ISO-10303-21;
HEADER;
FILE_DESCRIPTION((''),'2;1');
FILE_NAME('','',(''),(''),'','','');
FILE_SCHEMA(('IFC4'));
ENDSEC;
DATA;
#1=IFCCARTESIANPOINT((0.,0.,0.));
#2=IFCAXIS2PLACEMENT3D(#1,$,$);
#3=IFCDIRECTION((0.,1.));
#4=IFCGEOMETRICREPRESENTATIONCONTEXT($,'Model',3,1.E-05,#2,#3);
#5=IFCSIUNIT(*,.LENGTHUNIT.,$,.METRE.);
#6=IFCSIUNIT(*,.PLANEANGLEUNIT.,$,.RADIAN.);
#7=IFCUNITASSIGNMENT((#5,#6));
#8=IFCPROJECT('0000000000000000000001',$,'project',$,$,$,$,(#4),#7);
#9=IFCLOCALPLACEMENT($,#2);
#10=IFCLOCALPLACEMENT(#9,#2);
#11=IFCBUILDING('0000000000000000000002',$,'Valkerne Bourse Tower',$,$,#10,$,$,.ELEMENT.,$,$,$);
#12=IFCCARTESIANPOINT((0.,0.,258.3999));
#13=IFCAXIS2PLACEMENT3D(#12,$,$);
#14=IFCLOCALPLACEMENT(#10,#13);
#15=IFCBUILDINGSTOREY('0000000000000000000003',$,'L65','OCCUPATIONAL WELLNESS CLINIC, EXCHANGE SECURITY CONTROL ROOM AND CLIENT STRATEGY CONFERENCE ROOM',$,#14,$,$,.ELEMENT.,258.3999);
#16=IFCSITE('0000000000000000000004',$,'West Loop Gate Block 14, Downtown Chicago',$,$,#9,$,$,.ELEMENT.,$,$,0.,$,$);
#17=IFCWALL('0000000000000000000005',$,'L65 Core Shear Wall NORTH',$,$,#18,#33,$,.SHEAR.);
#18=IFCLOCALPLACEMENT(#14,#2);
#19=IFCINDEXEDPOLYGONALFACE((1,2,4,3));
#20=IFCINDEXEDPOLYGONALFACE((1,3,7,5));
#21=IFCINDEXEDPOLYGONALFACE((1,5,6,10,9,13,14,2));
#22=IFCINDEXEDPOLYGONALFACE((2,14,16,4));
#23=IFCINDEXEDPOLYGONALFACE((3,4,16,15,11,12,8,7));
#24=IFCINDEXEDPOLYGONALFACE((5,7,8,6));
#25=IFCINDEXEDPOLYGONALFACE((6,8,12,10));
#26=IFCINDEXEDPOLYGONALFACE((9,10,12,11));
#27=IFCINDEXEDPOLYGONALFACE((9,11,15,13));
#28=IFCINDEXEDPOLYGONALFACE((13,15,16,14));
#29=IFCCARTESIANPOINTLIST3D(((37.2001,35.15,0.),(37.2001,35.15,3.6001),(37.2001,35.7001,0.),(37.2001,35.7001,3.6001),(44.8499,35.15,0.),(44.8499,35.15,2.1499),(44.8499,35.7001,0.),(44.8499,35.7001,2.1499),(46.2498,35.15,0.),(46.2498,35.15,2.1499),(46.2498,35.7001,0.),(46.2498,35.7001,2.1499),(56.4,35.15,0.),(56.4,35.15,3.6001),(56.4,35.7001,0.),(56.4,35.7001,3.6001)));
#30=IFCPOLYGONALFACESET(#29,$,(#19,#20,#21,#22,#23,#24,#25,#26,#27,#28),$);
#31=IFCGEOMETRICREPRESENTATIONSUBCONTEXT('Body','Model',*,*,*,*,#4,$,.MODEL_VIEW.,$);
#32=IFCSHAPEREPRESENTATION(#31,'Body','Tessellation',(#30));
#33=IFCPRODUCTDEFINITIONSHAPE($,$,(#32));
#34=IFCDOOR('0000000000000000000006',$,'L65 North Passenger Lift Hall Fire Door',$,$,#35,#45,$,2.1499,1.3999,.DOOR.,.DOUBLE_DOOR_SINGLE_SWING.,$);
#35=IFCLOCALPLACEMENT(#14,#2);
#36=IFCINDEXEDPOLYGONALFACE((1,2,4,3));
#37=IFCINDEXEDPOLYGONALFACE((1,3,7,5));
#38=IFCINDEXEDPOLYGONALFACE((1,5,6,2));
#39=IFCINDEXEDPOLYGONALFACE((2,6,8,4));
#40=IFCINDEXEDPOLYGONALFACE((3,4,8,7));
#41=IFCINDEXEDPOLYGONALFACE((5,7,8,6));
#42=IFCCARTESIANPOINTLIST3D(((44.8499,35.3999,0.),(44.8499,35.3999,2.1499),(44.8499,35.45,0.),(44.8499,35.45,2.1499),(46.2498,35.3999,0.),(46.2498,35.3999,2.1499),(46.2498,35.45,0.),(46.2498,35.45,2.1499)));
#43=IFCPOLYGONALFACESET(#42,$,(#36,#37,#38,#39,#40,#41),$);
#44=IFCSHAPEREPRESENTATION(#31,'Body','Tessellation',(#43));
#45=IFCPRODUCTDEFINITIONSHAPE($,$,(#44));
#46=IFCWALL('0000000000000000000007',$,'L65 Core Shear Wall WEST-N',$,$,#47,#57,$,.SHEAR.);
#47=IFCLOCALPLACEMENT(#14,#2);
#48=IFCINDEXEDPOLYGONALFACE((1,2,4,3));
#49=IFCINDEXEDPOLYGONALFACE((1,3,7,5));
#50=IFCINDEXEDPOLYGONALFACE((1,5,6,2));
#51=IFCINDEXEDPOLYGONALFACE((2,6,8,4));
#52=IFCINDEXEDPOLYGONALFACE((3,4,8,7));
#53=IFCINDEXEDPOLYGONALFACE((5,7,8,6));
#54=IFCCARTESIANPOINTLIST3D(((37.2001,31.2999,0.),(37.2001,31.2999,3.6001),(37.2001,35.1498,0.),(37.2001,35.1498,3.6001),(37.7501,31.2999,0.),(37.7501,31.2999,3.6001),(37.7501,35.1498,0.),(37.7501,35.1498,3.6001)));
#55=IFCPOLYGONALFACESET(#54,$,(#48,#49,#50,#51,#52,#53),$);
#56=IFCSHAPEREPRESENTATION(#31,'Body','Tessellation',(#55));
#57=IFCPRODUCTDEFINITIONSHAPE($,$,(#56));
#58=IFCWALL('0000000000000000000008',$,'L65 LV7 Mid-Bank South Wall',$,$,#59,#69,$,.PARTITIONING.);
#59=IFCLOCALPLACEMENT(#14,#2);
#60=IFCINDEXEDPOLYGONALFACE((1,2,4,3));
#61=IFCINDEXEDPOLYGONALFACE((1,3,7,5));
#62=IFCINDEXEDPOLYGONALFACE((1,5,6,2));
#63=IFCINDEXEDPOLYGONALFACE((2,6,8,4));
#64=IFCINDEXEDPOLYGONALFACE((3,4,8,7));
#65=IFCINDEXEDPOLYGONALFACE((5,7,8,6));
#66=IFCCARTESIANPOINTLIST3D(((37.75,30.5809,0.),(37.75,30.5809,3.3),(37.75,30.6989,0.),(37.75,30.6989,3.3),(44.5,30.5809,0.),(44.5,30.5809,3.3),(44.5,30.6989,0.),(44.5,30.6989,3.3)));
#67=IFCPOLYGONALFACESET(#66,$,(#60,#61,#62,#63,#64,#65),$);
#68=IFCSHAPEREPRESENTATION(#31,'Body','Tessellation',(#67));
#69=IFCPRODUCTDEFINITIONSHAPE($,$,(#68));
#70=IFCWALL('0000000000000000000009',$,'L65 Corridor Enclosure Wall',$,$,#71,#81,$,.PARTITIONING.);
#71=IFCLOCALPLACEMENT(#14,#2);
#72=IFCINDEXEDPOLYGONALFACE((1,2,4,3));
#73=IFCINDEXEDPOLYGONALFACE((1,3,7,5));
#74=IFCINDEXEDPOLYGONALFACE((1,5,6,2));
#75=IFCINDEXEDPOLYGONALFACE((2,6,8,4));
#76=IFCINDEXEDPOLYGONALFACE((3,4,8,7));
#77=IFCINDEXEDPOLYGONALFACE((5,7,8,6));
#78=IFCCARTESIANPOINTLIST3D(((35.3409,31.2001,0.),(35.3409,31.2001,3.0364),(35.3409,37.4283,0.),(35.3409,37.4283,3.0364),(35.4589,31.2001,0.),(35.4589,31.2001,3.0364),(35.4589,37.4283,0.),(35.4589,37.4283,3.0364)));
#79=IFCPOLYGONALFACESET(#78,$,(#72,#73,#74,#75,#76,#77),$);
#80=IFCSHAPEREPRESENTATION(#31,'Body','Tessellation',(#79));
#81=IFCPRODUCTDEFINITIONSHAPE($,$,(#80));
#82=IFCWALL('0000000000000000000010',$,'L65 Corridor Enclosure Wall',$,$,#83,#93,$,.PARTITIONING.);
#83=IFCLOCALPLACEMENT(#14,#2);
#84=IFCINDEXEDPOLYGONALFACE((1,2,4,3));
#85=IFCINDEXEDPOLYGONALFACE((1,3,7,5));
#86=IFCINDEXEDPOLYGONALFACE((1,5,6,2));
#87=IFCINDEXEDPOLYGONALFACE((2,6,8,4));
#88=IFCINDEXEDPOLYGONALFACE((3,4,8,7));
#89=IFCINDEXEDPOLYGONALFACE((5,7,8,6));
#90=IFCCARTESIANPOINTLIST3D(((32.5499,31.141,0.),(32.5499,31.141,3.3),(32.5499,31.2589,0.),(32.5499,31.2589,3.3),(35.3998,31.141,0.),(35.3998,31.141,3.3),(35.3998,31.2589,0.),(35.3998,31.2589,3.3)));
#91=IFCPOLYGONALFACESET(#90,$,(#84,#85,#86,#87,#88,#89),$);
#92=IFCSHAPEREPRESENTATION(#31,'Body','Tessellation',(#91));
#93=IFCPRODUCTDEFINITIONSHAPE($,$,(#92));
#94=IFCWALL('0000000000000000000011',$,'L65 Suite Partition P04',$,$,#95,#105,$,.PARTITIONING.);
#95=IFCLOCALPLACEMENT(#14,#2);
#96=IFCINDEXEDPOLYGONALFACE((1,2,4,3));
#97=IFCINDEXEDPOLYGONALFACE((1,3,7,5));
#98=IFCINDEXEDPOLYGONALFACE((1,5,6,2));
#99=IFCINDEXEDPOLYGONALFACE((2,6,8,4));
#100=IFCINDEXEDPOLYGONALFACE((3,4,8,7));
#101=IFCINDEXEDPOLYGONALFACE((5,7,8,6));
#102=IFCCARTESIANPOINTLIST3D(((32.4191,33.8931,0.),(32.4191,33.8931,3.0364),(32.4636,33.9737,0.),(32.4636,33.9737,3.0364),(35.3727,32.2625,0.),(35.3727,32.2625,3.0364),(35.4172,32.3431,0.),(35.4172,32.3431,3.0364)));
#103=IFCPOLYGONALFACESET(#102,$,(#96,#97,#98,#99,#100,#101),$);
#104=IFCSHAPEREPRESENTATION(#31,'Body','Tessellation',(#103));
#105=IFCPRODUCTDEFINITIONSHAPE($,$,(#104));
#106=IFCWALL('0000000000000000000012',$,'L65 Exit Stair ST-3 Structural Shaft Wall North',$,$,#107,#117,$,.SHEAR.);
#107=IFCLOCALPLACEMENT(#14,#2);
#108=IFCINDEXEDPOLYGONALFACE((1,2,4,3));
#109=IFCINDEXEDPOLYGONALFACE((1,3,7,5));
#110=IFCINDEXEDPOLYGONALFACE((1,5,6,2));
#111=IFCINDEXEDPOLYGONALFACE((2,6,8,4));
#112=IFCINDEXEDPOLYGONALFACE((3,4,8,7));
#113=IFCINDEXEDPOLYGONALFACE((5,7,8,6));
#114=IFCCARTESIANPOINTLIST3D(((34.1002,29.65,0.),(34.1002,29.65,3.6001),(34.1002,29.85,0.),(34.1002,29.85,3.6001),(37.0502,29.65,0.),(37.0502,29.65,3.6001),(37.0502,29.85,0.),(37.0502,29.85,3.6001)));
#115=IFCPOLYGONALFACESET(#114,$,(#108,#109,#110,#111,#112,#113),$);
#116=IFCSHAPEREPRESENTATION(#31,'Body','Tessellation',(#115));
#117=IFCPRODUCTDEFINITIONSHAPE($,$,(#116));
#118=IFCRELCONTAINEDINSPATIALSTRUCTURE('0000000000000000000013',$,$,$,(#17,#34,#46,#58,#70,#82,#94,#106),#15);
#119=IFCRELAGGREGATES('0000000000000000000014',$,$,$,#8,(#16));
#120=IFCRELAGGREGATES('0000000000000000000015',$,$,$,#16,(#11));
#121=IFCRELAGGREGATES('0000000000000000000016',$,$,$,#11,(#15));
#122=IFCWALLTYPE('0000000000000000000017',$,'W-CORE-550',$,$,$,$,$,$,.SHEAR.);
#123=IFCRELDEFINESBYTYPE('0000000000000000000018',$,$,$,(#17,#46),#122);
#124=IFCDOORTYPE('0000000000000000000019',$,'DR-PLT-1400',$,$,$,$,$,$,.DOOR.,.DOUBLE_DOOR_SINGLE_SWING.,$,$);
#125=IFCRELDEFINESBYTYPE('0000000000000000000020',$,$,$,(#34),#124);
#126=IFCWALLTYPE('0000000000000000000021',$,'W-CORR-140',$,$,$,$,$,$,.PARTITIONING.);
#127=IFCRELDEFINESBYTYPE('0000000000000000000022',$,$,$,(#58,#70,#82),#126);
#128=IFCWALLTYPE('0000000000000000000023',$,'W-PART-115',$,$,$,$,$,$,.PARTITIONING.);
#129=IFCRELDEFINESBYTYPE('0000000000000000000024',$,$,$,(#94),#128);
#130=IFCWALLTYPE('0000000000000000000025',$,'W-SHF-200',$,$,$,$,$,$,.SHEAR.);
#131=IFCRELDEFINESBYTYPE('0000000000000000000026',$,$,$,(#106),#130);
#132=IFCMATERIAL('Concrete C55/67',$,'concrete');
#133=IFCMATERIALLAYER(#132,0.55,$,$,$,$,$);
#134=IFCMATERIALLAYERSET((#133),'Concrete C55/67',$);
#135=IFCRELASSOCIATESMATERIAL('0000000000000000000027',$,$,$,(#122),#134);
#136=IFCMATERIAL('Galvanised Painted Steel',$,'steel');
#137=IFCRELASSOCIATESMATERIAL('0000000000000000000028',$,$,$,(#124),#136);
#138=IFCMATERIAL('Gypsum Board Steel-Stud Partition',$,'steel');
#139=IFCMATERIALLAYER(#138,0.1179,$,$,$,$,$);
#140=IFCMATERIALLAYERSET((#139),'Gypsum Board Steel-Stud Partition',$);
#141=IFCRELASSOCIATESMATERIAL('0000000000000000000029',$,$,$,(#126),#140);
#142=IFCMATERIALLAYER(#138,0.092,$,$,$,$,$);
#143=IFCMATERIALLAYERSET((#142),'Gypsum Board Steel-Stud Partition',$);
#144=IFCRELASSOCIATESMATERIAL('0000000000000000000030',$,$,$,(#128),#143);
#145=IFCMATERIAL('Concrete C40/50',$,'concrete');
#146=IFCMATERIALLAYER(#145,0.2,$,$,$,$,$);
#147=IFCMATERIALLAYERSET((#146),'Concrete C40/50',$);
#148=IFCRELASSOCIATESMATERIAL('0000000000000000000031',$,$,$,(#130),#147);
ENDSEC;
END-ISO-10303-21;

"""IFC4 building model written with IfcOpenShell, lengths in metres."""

from ifc_helpers import new_model, si_unit, direction, frame, frame_2d, origin, place, context, subcontext, project, spatial, rectangle, extrude, material, layer, layer_set, type_object, element, fill, save


model = new_model("IFC4")

# Units and contexts
model_context = context("Model", 3, precision=1e-05, world=origin(), true_north=direction((0.0, 1.0)))
body_context = subcontext(model_context, "Body", "Model", "MODEL_VIEW")
ifc_project = project(units=[si_unit("LENGTHUNIT", "METRE"), si_unit("PLANEANGLEUNIT", "RADIAN")], contexts=[model_context])

# Site, building, storey
site_placement = place(None, origin())
site = spatial("IfcSite", under=ifc_project, at=site_placement, Name="West Loop Gate Block 14, Downtown Chicago", CompositionType="ELEMENT", RefElevation=0.0)
building_placement = place(site_placement, origin())
building = spatial("IfcBuilding", under=site, at=building_placement, Name="Valkerne Bourse Tower", CompositionType="ELEMENT")
storey_placement = place(building_placement, frame((0.0, 0.0, 258.3999)))
storey = spatial("IfcBuildingStorey", under=building, at=storey_placement, Name="L65", Description="OCCUPATIONAL WELLNESS CLINIC, EXCHANGE SECURITY CONTROL ROOM AND CLIENT STRATEGY CONFERENCE ROOM", CompositionType="ELEMENT", Elevation=258.3999)

# Wall, opening, door
ifc_material_1 = material(Name="Concrete C55/67", Category="concrete")
ifc_layer_1 = layer(ifc_material_1, 0.55)
ifc_layer_set_1 = layer_set([ifc_layer_1], Name="Concrete C55/67")
wall_type_1 = type_object("IfcWallType", Name="W-CORE-550", PredefinedType="SHEAR", material=ifc_layer_set_1)
wall_1_placement = place(storey_placement, frame((37.2, 35.425, 0.0), z_axis=(0.0, 0.0, 1.0), x_axis=(1.0, 0.0, 0.0)))
wall_1 = element("IfcWall", 1, at=wall_1_placement, inside=storey, type_object=wall_type_1, Name="L65 Core Shear Wall NORTH", PredefinedType="SHEAR", context=body_context, shape_type="SweptSolid", body=[
    extrude(rectangle(XDim=19.2, YDim=0.55, at=frame_2d((9.6001, 0.0))), origin(), (0.0, 0.0, 1.0), 3.6001),
])
opening_placement = place(wall_1_placement, frame((7.6499, 0.0, 0.0)))
opening = element("IfcOpeningElement", 2, at=opening_placement, cuts=wall_1, PredefinedType="OPENING", context=body_context, shape_type="SweptSolid", body=[
    extrude(rectangle(XDim=1.3999, YDim=2.1499, at=frame_2d((0.7, 1.075))), frame((0.0, 0.2849, 0.0), z_axis=(0.0, -1.0, 0.0), x_axis=(1.0, 0.0, 0.0)), (0.0, 0.0, 1.0), 0.5701),
])
ifc_material_2 = material(Name="Galvanised Painted Steel", Category="steel")
door_type = type_object("IfcDoorType", Name="DR-PLT-1400", OperationType="DOUBLE_DOOR_SINGLE_SWING", PredefinedType="DOOR", material=ifc_material_2)
door_placement = place(opening_placement, origin())
door = element("IfcDoor", 3, at=door_placement, inside=storey, type_object=door_type, Name="L65 North Passenger Lift Hall Fire Door", OperationType="DOUBLE_DOOR_SINGLE_SWING", OverallHeight=2.1499, OverallWidth=1.3999, PredefinedType="DOOR", context=body_context, shape_type="SweptSolid", body=[
    extrude(rectangle(XDim=1.3999, YDim=2.1499, at=frame_2d((0.7, 1.075))), frame((0.0, 0.0249, 0.0), z_axis=(0.0, -1.0, 0.0), x_axis=(1.0, 0.0, 0.0)), (0.0, 0.0, 1.0), 0.05),
])
fill(opening, door)

# Walls
wall_2_placement = place(storey_placement, frame((37.4751, 31.3, 0.0), z_axis=(0.0, 0.0, 1.0), x_axis=(0.0, 1.0, 0.0)))
element("IfcWall", 4, at=wall_2_placement, inside=storey, type_object=wall_type_1, Name="L65 Core Shear Wall WEST-N", PredefinedType="SHEAR", context=body_context, shape_type="SweptSolid", body=[
    extrude(rectangle(XDim=3.8499, YDim=0.55, at=frame_2d((1.9248, 0.0))), origin(), (0.0, 0.0, 1.0), 3.6001),
])
ifc_material_3 = material(Name="Gypsum Board Steel-Stud Partition", Category="steel")
ifc_layer_2 = layer(ifc_material_3, 0.1179)
ifc_layer_set_2 = layer_set([ifc_layer_2], Name="Gypsum Board Steel-Stud Partition")
wall_type_2 = type_object("IfcWallType", Name="W-CORR-140", PredefinedType="PARTITIONING", material=ifc_layer_set_2)
wall_3_placement = place(storey_placement, frame((37.75, 30.6399, 0.0), z_axis=(0.0, 0.0, 1.0), x_axis=(1.0, 0.0, 0.0)))
element("IfcWall", 5, at=wall_3_placement, inside=storey, type_object=wall_type_2, Name="L65 LV7 Mid-Bank South Wall", PredefinedType="PARTITIONING", context=body_context, shape_type="SweptSolid", body=[
    extrude(rectangle(XDim=6.75, YDim=0.1179, at=frame_2d((3.375, 0.0))), origin(), (0.0, 0.0, 1.0), 3.3),
])
wall_4_placement = place(storey_placement, frame((35.3999, 31.2, 0.0), z_axis=(0.0, 0.0, 1.0), x_axis=(0.0, 1.0, 0.0)))
element("IfcWall", 6, at=wall_4_placement, inside=storey, type_object=wall_type_2, Name="L65 Corridor Enclosure Wall", PredefinedType="PARTITIONING", context=body_context, shape_type="SweptSolid", body=[
    extrude(rectangle(XDim=6.2283, YDim=0.1179, at=frame_2d((3.1143, 0.0))), origin(), (0.0, 0.0, 1.0), 3.0364),
])
wall_5_placement = place(storey_placement, frame((32.55, 31.2, 0.0), z_axis=(0.0, 0.0, 1.0), x_axis=(1.0, 0.0, 0.0)))
element("IfcWall", 7, at=wall_5_placement, inside=storey, type_object=wall_type_2, Name="L65 Corridor Enclosure Wall", PredefinedType="PARTITIONING", context=body_context, shape_type="SweptSolid", body=[
    extrude(rectangle(XDim=2.8499, YDim=0.1179, at=frame_2d((1.4248, 0.0))), origin(), (0.0, 0.0, 1.0), 3.3),
])
ifc_layer_3 = layer(ifc_material_3, 0.092)
ifc_layer_set_3 = layer_set([ifc_layer_3], Name="Gypsum Board Steel-Stud Partition")
wall_type_3 = type_object("IfcWallType", Name="W-PART-115", PredefinedType="PARTITIONING", material=ifc_layer_set_3)
wall_6_placement = place(storey_placement, frame((35.395, 32.3027, 0.0), z_axis=(0.0, 0.0, 1.0), x_axis=(-0.875448, 0.483313, 0.0)))
element("IfcWall", 8, at=wall_6_placement, inside=storey, type_object=wall_type_3, Name="L65 Suite Partition P04", PredefinedType="PARTITIONING", context=body_context, shape_type="SweptSolid", body=[
    extrude(rectangle(XDim=3.3738, YDim=0.092, at=frame_2d((1.687, 0.0))), origin(), (0.0, 0.0, 1.0), 3.0364),
])
ifc_material_4 = material(Name="Concrete C40/50", Category="concrete")
ifc_layer_4 = layer(ifc_material_4, 0.2)
ifc_layer_set_4 = layer_set([ifc_layer_4], Name="Concrete C40/50")
wall_type_4 = type_object("IfcWallType", Name="W-SHF-200", PredefinedType="SHEAR", material=ifc_layer_set_4)
wall_7_placement = place(storey_placement, frame((34.1001, 29.75, 0.0), z_axis=(0.0, 0.0, 1.0), x_axis=(1.0, 0.0, 0.0)))
element("IfcWall", 9, at=wall_7_placement, inside=storey, type_object=wall_type_4, Name="L65 Exit Stair ST-3 Structural Shaft Wall North", PredefinedType="SHEAR", context=body_context, shape_type="SweptSolid", body=[
    extrude(rectangle(XDim=2.95, YDim=0.2, at=frame_2d((1.4751, 0.0))), origin(), (0.0, 0.0, 1.0), 3.6001),
])

save(model, "model.ifc")
